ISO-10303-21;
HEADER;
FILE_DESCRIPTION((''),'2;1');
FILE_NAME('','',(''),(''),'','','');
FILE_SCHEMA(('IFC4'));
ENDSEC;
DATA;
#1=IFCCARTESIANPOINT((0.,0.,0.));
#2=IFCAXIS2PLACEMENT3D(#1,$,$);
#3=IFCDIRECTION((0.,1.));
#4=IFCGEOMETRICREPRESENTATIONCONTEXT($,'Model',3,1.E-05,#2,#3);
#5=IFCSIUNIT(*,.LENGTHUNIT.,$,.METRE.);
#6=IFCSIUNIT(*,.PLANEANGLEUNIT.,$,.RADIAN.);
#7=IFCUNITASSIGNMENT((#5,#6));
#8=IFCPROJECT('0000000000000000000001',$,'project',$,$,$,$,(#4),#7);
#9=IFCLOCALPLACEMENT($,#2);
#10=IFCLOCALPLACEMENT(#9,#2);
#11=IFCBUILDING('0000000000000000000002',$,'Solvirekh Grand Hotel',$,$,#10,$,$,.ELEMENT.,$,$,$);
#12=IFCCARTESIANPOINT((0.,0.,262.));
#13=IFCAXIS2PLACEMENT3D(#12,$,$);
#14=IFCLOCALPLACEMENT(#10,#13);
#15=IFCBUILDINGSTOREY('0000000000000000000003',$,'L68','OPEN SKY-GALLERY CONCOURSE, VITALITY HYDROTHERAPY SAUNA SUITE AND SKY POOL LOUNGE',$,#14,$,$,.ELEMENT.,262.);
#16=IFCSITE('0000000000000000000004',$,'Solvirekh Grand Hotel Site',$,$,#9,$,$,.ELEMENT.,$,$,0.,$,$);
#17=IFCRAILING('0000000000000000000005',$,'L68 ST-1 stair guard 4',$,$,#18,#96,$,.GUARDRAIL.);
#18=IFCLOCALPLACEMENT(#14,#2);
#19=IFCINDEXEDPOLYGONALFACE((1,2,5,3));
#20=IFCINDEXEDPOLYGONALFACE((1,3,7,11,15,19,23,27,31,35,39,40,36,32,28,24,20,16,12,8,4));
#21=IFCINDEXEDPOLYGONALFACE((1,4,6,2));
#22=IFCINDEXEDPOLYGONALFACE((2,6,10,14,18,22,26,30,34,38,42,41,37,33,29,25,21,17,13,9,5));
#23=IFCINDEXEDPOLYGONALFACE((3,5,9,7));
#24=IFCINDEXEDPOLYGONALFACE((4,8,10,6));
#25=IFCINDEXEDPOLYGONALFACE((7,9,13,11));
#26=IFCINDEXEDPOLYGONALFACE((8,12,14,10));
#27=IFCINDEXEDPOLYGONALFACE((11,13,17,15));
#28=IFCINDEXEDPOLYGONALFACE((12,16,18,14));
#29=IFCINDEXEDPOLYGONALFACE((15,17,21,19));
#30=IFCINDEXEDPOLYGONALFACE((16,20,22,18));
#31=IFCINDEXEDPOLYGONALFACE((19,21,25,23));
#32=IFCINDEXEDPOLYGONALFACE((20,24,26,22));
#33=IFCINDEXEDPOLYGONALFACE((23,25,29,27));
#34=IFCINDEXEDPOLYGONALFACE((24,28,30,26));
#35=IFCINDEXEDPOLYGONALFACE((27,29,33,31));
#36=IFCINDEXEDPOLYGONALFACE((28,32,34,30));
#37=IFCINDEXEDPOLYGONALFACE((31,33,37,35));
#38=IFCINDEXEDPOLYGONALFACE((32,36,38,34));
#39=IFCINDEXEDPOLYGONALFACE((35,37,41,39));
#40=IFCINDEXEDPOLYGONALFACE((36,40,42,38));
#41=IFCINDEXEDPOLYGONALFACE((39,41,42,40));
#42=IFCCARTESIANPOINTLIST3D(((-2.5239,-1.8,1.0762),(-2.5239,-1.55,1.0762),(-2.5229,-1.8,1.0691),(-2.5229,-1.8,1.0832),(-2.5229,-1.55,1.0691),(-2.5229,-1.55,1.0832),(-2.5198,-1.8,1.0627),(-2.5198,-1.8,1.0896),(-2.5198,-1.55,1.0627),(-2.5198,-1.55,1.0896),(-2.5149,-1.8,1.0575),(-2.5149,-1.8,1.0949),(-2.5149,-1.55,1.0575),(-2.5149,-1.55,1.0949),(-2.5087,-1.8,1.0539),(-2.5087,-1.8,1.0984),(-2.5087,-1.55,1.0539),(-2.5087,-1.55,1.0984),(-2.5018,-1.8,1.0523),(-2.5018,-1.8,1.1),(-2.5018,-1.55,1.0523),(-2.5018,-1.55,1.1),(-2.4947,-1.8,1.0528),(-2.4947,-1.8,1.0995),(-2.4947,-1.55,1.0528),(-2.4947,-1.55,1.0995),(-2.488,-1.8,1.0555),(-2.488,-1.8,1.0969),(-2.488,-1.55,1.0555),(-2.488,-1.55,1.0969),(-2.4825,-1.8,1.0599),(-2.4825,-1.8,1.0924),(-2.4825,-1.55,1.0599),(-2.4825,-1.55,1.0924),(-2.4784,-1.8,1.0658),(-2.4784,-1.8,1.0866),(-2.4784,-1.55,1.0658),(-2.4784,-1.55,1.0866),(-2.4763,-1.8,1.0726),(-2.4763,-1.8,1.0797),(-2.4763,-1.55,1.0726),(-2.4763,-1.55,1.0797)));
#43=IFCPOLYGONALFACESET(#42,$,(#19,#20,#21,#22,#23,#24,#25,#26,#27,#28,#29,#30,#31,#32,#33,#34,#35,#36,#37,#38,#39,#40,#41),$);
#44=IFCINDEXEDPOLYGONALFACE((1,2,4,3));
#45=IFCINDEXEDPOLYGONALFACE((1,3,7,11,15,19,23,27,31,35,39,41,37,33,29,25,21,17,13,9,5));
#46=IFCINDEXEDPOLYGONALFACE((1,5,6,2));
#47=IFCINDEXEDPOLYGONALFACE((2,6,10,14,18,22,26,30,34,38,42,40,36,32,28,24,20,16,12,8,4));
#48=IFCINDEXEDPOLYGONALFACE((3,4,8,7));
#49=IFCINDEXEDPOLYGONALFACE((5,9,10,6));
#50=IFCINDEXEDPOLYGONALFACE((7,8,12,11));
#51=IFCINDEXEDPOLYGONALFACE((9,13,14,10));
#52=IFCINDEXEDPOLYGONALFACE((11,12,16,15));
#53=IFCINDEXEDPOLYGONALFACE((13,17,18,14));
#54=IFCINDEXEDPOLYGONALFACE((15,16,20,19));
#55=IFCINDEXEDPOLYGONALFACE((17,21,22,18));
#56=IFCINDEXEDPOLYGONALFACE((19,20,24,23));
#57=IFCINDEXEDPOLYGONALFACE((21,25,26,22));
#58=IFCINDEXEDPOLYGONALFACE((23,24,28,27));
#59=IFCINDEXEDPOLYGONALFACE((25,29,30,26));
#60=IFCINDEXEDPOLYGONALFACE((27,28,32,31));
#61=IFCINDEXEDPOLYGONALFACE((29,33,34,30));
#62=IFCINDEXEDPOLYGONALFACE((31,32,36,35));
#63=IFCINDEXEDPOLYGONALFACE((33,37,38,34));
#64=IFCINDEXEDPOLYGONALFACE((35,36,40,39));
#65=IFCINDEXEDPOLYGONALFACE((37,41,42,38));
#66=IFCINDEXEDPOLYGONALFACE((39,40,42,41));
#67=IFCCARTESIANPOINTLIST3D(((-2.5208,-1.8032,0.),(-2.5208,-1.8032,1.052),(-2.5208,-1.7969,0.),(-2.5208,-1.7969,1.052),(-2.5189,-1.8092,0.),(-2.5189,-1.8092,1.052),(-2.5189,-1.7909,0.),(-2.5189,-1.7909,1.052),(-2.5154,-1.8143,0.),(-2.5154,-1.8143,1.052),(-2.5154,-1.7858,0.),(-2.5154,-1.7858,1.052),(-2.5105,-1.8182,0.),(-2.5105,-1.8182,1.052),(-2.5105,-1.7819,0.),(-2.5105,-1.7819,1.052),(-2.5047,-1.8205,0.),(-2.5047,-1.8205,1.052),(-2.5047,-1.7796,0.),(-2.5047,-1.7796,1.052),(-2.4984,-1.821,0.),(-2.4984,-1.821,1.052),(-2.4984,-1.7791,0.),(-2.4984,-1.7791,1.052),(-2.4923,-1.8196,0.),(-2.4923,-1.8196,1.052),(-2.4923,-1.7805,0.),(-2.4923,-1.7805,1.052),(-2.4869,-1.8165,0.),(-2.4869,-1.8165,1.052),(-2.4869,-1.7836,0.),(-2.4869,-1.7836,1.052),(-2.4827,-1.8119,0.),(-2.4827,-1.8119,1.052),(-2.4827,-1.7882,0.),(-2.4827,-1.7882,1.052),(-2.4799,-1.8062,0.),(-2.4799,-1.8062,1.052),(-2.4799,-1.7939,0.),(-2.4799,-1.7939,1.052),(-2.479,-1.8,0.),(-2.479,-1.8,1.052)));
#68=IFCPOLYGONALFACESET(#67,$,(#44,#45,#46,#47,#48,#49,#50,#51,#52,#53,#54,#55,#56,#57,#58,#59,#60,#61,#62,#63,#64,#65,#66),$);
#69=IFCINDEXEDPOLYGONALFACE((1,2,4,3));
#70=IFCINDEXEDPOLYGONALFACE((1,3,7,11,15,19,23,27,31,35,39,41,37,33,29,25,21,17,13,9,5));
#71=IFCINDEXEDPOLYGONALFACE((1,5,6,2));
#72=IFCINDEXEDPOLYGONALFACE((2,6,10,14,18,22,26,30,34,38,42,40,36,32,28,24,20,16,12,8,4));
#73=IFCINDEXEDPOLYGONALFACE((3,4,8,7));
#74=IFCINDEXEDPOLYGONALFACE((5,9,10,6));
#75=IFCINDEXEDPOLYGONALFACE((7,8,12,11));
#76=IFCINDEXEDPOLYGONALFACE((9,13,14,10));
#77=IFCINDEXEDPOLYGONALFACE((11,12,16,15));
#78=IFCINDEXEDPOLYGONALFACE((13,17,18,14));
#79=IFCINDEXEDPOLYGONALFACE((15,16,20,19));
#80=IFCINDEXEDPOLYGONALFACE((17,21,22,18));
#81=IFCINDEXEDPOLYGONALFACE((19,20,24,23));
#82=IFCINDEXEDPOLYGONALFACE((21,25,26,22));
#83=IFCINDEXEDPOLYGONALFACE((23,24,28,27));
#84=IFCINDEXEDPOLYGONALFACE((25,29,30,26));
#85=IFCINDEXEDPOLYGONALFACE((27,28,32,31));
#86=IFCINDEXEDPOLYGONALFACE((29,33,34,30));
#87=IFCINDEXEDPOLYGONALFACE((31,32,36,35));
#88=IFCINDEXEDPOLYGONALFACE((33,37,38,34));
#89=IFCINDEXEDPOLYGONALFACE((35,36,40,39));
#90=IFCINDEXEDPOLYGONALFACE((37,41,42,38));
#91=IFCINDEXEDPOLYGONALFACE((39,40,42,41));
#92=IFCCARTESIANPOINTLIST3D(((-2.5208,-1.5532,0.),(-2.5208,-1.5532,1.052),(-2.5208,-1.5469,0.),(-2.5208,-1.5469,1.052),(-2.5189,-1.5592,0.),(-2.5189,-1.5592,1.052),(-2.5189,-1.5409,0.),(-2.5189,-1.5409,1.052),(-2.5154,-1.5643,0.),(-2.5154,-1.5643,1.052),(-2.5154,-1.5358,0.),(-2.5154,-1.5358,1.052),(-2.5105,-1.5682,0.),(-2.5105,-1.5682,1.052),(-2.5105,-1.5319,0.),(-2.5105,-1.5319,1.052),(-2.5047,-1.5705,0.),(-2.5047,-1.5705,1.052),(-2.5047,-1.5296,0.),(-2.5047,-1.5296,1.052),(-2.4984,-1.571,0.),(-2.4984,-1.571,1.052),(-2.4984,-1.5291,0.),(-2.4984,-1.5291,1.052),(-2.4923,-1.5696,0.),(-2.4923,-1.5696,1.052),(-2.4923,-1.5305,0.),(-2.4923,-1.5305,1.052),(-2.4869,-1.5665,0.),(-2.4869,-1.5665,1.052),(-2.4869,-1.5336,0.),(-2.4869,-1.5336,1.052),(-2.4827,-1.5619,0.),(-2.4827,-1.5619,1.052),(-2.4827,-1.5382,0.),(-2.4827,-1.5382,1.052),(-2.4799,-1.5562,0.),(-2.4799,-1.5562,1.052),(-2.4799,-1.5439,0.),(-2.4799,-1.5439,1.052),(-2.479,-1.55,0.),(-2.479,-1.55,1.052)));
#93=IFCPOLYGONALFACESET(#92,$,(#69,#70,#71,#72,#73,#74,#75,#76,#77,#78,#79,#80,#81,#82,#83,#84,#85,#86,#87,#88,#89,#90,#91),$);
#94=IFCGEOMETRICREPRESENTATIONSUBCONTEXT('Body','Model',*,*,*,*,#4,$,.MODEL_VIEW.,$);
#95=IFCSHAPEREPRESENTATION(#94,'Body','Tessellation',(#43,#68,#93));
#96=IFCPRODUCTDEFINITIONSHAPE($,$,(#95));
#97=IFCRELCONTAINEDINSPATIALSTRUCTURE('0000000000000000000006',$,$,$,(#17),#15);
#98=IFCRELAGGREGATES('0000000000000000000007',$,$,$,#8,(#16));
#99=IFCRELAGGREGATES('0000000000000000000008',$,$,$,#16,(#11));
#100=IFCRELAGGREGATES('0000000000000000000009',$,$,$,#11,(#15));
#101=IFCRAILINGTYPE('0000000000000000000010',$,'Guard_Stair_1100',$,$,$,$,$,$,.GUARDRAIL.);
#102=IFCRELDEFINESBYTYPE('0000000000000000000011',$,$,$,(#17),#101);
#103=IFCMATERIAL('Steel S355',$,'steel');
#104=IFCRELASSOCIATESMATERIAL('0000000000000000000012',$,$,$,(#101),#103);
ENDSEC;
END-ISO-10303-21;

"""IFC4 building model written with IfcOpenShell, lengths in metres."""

from ifc_helpers import new_model, si_unit, direction, frame, origin, origin_2d, place, context, subcontext, project, spatial, circle, extrude, material, type_object, element, save


model = new_model("IFC4")

# Units and contexts
model_context = context("Model", 3, precision=1e-05, world=origin(), true_north=direction((0.0, 1.0)))
body_context = subcontext(model_context, "Body", "Model", "MODEL_VIEW")
ifc_project = project(units=[si_unit("LENGTHUNIT", "METRE"), si_unit("PLANEANGLEUNIT", "RADIAN")], contexts=[model_context])

# Site, building, storey
site_placement = place(None, origin())
site = spatial("IfcSite", under=ifc_project, at=site_placement, Name="Solvirekh Grand Hotel Site", CompositionType="ELEMENT", RefElevation=0.0)
building_placement = place(site_placement, origin())
building = spatial("IfcBuilding", under=site, at=building_placement, Name="Solvirekh Grand Hotel", CompositionType="ELEMENT")
storey_placement = place(building_placement, frame((0.0, 0.0, 262.0)))
storey = spatial("IfcBuildingStorey", under=building, at=storey_placement, Name="L68", Description="OPEN SKY-GALLERY CONCOURSE, VITALITY HYDROTHERAPY SAUNA SUITE AND SKY POOL LOUNGE", CompositionType="ELEMENT", Elevation=262.0)

# Shared definitions
ifc_material_1 = material(Name="Steel S355", Category="steel")

# Railing
railing_type_1 = type_object("IfcRailingType", Name="Guard_Stair_1100", PredefinedType="GUARDRAIL", material=ifc_material_1)
railing_1_placement = place(storey_placement, frame((-2.5, -1.8, 0.0)))
element("IfcRailing", 1, at=railing_1_placement, inside=storey, type_object=railing_type_1, Name="L68 ST-1 stair guard 4", PredefinedType="GUARDRAIL", context=body_context, shape_type="SweptSolid", body=[
    extrude(circle(Radius=0.0239, at=origin_2d()), frame((0.0, 0.0, 1.0762), z_axis=(0.0, 1.0, 0.0), x_axis=(-1.0, 0.0, 0.0)), (0.0, 0.0, 1.0), 0.25),
    extrude(circle(Radius=0.021, at=origin_2d()), origin(), (0.0, 0.0, 1.0), 1.052),
    extrude(circle(Radius=0.021, at=origin_2d()), frame((0.0, 0.25, 0.0)), (0.0, 0.0, 1.0), 1.052),
])

save(model, "model.ifc")
